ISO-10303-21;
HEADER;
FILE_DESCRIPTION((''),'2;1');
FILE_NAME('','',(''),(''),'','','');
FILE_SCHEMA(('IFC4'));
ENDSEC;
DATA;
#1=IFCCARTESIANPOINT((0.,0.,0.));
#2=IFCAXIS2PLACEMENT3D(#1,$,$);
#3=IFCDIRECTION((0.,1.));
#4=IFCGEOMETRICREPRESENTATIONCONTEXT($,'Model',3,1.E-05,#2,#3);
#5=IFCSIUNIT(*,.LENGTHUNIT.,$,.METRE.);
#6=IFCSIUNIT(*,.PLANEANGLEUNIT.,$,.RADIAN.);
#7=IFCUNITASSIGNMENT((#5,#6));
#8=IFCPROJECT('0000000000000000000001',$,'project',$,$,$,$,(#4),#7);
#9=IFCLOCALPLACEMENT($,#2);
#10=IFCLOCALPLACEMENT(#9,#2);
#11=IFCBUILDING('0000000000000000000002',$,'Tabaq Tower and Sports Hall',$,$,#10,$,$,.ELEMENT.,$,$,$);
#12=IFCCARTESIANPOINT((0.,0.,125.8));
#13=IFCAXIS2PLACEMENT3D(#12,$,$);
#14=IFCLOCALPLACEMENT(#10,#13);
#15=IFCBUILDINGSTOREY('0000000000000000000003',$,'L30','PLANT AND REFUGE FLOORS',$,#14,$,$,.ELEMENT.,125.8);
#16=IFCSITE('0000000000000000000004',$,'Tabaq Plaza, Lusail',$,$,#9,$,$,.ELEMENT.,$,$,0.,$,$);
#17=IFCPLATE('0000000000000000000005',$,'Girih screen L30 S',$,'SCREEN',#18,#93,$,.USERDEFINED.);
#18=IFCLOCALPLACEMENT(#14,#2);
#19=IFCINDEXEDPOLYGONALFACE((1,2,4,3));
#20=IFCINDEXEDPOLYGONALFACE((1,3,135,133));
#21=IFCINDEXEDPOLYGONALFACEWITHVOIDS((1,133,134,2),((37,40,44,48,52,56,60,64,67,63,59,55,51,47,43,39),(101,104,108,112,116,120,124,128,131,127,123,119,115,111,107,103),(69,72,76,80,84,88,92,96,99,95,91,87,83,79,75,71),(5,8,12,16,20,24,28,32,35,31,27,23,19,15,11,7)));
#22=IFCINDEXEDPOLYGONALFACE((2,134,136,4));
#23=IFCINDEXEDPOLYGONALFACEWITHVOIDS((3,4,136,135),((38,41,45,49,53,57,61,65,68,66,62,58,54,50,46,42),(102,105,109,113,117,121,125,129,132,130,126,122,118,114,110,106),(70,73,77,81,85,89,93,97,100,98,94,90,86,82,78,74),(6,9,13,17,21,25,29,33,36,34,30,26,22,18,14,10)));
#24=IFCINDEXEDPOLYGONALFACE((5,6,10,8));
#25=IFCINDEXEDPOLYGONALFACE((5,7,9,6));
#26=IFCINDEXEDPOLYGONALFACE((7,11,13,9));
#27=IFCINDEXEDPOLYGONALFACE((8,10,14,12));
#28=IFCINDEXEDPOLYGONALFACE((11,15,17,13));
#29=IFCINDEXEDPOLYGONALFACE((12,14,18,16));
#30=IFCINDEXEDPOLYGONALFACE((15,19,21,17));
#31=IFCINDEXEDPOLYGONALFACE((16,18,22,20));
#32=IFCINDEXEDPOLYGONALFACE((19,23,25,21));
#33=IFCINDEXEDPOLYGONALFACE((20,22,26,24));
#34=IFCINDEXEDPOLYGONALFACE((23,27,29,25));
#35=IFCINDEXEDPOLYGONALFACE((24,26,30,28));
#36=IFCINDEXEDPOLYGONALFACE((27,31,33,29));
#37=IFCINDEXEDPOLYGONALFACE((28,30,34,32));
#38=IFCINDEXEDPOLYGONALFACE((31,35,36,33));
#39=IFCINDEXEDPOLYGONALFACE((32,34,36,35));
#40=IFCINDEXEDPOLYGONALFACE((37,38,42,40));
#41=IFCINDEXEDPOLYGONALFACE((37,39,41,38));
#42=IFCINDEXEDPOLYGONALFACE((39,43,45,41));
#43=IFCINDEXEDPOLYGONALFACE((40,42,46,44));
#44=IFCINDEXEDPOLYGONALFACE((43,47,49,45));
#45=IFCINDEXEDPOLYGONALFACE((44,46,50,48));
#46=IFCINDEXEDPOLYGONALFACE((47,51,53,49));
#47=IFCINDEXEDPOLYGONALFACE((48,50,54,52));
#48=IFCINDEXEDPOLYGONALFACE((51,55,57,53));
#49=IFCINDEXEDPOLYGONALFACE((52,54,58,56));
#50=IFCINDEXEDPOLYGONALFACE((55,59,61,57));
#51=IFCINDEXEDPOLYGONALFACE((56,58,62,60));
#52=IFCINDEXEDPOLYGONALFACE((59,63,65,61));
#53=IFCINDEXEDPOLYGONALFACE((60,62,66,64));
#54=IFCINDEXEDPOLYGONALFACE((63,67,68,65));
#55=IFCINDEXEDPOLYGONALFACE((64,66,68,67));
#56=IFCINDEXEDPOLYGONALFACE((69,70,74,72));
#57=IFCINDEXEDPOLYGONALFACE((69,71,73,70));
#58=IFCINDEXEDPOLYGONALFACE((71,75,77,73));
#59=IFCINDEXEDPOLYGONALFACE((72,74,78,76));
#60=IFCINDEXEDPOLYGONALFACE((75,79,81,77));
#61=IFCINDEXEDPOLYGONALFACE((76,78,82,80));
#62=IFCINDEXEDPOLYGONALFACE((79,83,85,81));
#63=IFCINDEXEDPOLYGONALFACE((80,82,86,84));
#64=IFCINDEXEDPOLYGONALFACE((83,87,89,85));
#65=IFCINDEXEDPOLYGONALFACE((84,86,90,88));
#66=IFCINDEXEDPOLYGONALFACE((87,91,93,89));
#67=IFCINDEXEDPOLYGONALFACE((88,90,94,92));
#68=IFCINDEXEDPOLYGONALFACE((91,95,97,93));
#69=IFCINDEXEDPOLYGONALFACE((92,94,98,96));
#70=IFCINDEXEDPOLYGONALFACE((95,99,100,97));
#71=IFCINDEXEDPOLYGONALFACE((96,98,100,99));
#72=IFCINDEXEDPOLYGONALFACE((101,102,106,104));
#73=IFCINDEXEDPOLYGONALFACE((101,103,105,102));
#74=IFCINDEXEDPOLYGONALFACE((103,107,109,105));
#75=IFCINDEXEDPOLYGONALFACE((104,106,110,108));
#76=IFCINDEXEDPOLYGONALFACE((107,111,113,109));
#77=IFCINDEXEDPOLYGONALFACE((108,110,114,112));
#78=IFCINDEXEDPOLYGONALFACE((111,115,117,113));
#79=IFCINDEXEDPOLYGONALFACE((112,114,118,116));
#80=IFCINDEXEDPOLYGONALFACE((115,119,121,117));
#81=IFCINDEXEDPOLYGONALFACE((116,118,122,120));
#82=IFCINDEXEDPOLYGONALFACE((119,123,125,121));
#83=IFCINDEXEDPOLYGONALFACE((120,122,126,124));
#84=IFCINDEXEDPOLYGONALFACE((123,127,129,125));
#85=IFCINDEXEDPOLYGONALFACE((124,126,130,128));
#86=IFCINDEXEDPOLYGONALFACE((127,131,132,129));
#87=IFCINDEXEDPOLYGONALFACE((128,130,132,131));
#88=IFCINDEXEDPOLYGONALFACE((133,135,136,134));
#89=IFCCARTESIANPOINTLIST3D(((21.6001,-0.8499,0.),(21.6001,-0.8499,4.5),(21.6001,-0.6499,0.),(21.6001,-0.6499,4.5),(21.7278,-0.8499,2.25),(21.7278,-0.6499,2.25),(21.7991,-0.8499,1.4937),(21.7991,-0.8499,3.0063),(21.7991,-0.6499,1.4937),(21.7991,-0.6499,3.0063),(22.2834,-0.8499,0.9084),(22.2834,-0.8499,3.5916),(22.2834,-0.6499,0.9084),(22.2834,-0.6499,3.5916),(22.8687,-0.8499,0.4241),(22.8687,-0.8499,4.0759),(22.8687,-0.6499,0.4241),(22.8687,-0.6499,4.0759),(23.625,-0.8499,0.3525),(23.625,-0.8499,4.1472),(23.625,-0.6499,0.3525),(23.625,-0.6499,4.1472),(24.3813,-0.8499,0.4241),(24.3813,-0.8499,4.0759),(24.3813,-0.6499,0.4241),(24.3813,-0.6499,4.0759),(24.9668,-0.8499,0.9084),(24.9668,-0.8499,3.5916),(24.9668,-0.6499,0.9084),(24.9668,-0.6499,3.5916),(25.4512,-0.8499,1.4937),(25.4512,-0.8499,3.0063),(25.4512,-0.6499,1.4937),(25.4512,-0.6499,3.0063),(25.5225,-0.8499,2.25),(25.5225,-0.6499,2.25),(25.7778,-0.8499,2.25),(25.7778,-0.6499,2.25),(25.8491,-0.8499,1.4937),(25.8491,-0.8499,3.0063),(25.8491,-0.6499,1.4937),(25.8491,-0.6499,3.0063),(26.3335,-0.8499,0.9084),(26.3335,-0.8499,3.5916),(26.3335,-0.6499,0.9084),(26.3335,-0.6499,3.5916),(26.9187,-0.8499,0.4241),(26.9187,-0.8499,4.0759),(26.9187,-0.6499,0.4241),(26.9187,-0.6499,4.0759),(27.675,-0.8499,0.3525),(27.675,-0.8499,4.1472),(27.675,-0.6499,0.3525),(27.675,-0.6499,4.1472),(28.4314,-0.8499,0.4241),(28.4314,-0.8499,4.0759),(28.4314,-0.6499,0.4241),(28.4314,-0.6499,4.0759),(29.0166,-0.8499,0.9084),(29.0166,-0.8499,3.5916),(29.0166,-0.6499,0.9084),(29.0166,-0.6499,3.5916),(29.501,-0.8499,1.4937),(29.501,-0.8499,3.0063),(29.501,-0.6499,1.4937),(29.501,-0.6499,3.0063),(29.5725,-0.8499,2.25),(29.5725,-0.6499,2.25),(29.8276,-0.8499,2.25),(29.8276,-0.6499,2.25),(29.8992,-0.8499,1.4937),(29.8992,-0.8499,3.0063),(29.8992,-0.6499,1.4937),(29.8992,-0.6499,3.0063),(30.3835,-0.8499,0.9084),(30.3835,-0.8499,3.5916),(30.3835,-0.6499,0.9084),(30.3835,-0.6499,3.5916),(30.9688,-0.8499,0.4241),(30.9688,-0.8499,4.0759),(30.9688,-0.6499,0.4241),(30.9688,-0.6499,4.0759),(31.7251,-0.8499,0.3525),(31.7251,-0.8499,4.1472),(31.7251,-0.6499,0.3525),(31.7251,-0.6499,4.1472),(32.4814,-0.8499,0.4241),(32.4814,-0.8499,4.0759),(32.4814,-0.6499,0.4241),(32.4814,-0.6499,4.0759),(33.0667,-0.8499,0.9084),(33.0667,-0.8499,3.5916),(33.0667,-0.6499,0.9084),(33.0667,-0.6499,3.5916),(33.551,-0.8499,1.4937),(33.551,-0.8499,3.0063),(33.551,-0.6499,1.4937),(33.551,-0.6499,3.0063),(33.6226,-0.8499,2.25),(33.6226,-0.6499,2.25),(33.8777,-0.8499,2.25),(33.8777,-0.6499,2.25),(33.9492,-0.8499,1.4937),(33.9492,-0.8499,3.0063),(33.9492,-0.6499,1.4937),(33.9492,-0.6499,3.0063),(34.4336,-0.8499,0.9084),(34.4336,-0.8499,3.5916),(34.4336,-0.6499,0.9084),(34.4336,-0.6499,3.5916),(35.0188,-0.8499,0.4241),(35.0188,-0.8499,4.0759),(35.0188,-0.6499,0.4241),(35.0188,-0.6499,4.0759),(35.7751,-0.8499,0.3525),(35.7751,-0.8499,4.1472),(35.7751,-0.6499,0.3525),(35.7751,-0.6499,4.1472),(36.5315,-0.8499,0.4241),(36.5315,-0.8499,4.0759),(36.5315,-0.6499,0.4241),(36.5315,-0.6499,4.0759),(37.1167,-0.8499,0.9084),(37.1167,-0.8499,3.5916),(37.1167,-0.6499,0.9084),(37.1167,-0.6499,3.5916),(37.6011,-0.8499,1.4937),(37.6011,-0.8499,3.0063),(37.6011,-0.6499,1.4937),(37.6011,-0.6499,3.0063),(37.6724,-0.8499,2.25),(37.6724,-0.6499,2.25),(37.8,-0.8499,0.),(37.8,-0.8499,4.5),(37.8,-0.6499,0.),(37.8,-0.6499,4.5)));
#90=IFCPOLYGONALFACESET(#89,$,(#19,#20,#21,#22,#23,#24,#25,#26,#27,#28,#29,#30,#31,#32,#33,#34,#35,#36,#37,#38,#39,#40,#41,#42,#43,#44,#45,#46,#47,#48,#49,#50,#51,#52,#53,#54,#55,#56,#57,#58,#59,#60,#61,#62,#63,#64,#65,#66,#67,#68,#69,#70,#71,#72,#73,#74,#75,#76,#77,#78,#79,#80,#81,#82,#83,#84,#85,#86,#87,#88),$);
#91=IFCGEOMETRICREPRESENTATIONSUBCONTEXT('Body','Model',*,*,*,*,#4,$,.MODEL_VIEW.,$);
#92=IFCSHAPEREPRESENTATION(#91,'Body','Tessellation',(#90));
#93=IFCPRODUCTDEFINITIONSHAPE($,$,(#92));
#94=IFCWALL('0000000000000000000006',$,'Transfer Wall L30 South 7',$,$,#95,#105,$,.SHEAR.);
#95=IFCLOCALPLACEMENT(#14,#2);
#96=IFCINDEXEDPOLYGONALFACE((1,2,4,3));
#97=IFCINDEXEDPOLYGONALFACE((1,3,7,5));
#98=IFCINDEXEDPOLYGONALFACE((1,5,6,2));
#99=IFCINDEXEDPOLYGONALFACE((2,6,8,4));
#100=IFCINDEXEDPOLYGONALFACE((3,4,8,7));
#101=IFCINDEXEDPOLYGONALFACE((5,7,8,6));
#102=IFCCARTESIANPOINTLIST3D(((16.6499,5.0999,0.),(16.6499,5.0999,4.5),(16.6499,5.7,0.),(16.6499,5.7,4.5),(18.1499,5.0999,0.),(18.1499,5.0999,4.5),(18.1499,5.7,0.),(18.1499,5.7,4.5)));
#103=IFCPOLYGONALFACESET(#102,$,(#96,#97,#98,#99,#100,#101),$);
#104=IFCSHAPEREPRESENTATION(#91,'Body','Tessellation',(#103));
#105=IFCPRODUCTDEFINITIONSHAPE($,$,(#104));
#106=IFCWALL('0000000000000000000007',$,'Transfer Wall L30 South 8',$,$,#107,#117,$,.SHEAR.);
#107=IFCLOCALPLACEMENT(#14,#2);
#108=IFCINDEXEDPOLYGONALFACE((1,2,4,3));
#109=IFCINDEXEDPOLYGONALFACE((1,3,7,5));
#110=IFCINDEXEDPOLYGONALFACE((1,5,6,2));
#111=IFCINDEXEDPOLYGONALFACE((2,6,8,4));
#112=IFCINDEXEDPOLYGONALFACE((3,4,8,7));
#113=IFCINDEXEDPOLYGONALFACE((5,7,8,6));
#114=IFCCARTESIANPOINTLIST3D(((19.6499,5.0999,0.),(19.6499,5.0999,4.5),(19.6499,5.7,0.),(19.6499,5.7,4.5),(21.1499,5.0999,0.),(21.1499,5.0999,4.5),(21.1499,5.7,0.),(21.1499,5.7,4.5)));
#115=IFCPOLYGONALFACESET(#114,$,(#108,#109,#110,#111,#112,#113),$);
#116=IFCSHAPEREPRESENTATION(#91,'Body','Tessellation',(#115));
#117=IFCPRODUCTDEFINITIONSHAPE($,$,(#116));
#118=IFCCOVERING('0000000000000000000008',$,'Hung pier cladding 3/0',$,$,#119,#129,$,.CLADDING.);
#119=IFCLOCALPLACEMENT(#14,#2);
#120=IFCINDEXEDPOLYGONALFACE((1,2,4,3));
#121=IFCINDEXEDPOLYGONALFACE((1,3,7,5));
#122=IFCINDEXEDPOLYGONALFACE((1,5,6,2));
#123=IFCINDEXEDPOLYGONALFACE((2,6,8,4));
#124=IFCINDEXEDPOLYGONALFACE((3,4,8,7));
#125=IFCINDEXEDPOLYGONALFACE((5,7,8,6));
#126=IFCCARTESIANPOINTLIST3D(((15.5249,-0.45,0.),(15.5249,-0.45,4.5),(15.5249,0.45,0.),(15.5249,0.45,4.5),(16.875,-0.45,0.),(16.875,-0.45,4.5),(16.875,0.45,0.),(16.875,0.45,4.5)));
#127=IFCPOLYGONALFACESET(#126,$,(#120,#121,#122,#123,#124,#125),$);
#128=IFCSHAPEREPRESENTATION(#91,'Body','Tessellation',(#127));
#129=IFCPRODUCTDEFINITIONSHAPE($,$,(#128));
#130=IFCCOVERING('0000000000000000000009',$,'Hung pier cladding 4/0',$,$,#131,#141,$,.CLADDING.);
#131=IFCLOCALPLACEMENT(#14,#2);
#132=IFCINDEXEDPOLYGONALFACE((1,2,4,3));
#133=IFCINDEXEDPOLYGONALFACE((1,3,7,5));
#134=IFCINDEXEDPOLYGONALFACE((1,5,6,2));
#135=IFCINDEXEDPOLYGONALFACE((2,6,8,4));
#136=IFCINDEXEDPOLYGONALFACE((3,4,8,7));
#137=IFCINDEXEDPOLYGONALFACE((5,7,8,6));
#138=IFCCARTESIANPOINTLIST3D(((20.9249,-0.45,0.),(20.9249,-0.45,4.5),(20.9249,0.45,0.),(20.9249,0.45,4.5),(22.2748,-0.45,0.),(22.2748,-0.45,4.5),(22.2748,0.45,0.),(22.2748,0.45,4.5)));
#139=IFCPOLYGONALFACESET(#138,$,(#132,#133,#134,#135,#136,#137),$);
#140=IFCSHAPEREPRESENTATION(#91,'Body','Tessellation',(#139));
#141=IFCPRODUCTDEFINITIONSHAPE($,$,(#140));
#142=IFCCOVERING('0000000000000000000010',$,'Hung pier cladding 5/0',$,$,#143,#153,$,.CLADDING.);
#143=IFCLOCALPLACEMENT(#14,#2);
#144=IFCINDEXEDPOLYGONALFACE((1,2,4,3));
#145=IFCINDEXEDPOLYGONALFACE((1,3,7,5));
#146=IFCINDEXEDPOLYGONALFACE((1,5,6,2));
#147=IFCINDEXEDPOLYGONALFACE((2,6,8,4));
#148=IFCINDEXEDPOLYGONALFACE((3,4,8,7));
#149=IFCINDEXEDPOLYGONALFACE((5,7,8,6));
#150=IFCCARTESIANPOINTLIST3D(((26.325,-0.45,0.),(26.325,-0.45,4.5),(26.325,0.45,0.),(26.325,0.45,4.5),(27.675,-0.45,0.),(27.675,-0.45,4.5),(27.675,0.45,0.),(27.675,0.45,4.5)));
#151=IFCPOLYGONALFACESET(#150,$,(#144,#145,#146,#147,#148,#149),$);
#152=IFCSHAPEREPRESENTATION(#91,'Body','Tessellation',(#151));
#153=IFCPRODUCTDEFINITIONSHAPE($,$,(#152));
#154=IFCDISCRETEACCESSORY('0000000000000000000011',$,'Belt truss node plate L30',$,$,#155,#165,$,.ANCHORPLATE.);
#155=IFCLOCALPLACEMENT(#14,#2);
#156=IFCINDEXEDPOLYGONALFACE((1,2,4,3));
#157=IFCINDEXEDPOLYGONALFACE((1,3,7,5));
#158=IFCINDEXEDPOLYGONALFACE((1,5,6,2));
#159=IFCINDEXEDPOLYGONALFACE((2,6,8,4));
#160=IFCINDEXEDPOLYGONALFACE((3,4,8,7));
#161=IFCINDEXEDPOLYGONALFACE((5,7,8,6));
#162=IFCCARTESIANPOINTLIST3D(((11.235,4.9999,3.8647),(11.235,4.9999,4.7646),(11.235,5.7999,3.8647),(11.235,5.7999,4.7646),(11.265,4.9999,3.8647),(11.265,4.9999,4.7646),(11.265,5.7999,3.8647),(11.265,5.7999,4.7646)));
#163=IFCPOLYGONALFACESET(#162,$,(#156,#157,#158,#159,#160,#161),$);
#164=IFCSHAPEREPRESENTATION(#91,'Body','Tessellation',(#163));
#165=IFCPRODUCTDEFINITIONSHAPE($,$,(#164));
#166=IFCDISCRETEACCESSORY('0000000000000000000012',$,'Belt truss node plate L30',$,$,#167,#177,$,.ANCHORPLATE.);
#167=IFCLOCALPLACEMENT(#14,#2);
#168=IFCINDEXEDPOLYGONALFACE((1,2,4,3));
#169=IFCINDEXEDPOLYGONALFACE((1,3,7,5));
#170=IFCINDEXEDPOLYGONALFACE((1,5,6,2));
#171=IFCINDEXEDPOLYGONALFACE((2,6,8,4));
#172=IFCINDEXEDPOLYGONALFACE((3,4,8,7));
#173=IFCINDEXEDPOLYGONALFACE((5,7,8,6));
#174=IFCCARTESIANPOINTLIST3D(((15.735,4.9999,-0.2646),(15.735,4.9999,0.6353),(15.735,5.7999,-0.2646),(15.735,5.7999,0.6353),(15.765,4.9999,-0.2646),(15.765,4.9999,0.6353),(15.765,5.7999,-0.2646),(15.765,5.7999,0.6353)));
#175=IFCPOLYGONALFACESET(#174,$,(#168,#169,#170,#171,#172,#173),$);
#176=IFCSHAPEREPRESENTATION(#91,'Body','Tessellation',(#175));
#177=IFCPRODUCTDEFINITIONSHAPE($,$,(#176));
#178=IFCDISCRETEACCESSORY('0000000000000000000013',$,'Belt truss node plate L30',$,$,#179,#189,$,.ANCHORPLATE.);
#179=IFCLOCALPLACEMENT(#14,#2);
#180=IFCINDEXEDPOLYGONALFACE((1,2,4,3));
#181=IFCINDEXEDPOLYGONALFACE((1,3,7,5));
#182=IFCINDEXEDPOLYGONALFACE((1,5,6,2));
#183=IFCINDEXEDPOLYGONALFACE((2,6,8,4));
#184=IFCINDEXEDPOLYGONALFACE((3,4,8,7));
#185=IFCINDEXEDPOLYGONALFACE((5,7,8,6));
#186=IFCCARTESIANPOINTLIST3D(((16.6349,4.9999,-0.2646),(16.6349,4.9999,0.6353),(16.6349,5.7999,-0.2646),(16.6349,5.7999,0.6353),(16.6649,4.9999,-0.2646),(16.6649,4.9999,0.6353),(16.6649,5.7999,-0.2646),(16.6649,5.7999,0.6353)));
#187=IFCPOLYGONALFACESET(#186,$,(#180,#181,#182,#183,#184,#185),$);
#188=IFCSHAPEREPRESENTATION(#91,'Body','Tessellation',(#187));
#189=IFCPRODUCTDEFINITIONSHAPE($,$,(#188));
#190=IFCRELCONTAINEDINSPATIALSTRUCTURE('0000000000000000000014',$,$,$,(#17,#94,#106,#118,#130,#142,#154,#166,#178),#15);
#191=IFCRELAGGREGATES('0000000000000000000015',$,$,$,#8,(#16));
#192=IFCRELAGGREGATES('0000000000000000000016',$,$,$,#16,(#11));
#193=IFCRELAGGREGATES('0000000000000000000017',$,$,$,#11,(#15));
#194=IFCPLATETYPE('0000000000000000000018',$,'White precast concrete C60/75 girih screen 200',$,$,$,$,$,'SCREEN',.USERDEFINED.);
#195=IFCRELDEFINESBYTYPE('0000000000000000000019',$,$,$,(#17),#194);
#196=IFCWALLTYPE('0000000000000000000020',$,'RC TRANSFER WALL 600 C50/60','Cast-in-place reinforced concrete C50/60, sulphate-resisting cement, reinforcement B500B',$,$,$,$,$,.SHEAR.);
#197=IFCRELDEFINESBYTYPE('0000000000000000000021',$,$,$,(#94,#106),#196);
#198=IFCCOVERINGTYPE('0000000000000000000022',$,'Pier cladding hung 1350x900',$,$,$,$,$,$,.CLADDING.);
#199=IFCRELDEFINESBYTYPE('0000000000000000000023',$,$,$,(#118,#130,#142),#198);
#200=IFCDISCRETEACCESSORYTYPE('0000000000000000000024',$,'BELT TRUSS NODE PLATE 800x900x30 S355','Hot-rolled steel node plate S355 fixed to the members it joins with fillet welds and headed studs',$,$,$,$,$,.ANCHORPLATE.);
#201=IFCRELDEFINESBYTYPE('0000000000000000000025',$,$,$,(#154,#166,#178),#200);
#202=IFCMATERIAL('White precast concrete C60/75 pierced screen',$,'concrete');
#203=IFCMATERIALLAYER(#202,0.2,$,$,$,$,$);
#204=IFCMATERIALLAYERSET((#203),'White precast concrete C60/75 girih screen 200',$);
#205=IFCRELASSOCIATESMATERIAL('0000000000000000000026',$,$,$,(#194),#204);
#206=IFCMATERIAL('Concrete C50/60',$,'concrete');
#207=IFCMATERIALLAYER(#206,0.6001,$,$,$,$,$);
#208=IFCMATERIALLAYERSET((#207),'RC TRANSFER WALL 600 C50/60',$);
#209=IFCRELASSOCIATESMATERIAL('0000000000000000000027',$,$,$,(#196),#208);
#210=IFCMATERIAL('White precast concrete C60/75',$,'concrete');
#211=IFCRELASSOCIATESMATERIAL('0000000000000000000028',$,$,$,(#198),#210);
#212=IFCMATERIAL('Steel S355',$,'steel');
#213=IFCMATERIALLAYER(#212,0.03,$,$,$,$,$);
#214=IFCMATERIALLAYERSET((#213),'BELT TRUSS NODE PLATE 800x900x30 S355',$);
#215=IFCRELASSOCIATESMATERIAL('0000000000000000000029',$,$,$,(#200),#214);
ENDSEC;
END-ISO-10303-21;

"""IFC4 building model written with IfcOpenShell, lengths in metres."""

from ifc_helpers import new_model, si_unit, direction, frame, frame_2d, origin, origin_2d, place, context, subcontext, project, spatial, polyline, rectangle, outline, extrude, material, layer, layer_set, type_object, element, save


model = new_model("IFC4")

# Units and contexts
model_context = context("Model", 3, precision=1e-05, world=origin(), true_north=direction((0.0, 1.0)))
body_context = subcontext(model_context, "Body", "Model", "MODEL_VIEW")
ifc_project = project(units=[si_unit("LENGTHUNIT", "METRE"), si_unit("PLANEANGLEUNIT", "RADIAN")], contexts=[model_context])

# Site, building, storey
site_placement = place(None, origin())
site = spatial("IfcSite", under=ifc_project, at=site_placement, Name="Tabaq Plaza, Lusail", CompositionType="ELEMENT", RefElevation=0.0)
building_placement = place(site_placement, origin())
building = spatial("IfcBuilding", under=site, at=building_placement, Name="Tabaq Tower and Sports Hall", CompositionType="ELEMENT")
storey_placement = place(building_placement, frame((0.0, 0.0, 125.8)))
storey = spatial("IfcBuildingStorey", under=building, at=storey_placement, Name="L30", Description="PLANT AND REFUGE FLOORS", CompositionType="ELEMENT", Elevation=125.8)

# Plate
ifc_material_1 = material(Name="White precast concrete C60/75 pierced screen", Category="concrete")
ifc_layer_1 = layer(ifc_material_1, 0.2)
ifc_layer_set_1 = layer_set([ifc_layer_1], Name="White precast concrete C60/75 girih screen 200")
plate_type = type_object("IfcPlateType", Name="White precast concrete C60/75 girih screen 200", ElementType="SCREEN", PredefinedType="USERDEFINED", material=ifc_layer_set_1)
plate_placement = place(storey_placement, frame((21.6001, -0.75, 0.0), z_axis=(0.0, 0.0, 1.0), x_axis=(1.0, 0.0, 0.0)))
element("IfcPlate", 1, at=plate_placement, inside=storey, type_object=plate_type, Name="Girih screen L30 S", ObjectType="SCREEN", PredefinedType="USERDEFINED", context=body_context, shape_type="SweptSolid", body=[
    extrude(outline(polyline([(0.0, 0.0), (16.2, 0.0), (16.2, 4.5), (0.0, 4.5), (0.0, 0.0)]), holes=[polyline([(3.8511, 3.0063), (3.3667, 3.5916), (2.7812, 4.0759), (2.0249, 4.1472), (1.2686, 4.0759), (0.6833, 3.5916), (0.199, 3.0063), (0.1277, 2.25), (0.199, 1.4937), (0.6833, 0.9084), (1.2686, 0.4241), (2.0249, 0.3525), (2.7812, 0.4241), (3.3667, 0.9084), (3.8511, 1.4937), (3.9224, 2.25), (3.8511, 3.0063)]), polyline([(7.9009, 3.0063), (7.4165, 3.5916), (6.8313, 4.0759), (6.075, 4.1472), (5.3186, 4.0759), (4.7334, 3.5916), (4.249, 3.0063), (4.1777, 2.25), (4.249, 1.4937), (4.7334, 0.9084), (5.3186, 0.4241), (6.075, 0.3525), (6.8313, 0.4241), (7.4165, 0.9084), (7.9009, 1.4937), (7.9724, 2.25), (7.9009, 3.0063)]), polyline([(11.9509, 3.0063), (11.4666, 3.5916), (10.8813, 4.0759), (10.125, 4.1472), (9.3687, 4.0759), (8.7834, 3.5916), (8.2991, 3.0063), (8.2275, 2.25), (8.2991, 1.4937), (8.7834, 0.9084), (9.3687, 0.4241), (10.125, 0.3525), (10.8813, 0.4241), (11.4666, 0.9084), (11.9509, 1.4937), (12.0225, 2.25), (11.9509, 3.0063)]), polyline([(16.001, 3.0063), (15.5166, 3.5916), (14.9314, 4.0759), (14.175, 4.1472), (13.4187, 4.0759), (12.8335, 3.5916), (12.3491, 3.0063), (12.2776, 2.25), (12.3491, 1.4937), (12.8335, 0.9084), (13.4187, 0.4241), (14.175, 0.3525), (14.9314, 0.4241), (15.5166, 0.9084), (16.001, 1.4937), (16.0723, 2.25), (16.001, 3.0063)])]), frame((0.0, 0.1001, 0.0), z_axis=(0.0, -1.0, 0.0), x_axis=(1.0, 0.0, 0.0)), (0.0, 0.0, 1.0), 0.2),
])

# Walls
ifc_material_2 = material(Name="Concrete C50/60", Category="concrete")
ifc_layer_2 = layer(ifc_material_2, 0.6001)
ifc_layer_set_2 = layer_set([ifc_layer_2], Name="RC TRANSFER WALL 600 C50/60")
wall_type_1 = type_object("IfcWallType", Name="RC TRANSFER WALL 600 C50/60", Description="Cast-in-place reinforced concrete C50/60, sulphate-resisting cement, reinforcement B500B", PredefinedType="SHEAR", material=ifc_layer_set_2)
for number, where, z_axis, x_axis, name in (
    (2, (16.6499, 5.3999, 0.0), (0.0, 0.0, 1.0), (1.0, 0.0, 0.0), "Transfer Wall L30 South 7"),
    (3, (19.6499, 5.3999, 0.0), (0.0, 0.0, 1.0), (1.0, 0.0, 0.0), "Transfer Wall L30 South 8"),
):
    element("IfcWall", number, at=place(storey_placement, frame(where, z_axis=z_axis, x_axis=x_axis)), inside=storey, type_object=wall_type_1, Name=name, PredefinedType="SHEAR", context=body_context, shape_type="SweptSolid", body=[
        extrude(rectangle(XDim=1.5, YDim=0.6001, at=frame_2d((0.75, 0.0))), origin(), (0.0, 0.0, 1.0), 4.5),
    ])

# Coverings
ifc_material_3 = material(Name="White precast concrete C60/75", Category="concrete")
covering_type = type_object("IfcCoveringType", Name="Pier cladding hung 1350x900", PredefinedType="CLADDING", material=ifc_material_3)
covering_1_placement = place(storey_placement, frame((15.5249, 0.0, 0.0), z_axis=(0.0, 0.0, 1.0), x_axis=(1.0, 0.0, 0.0)))
element("IfcCovering", 4, at=covering_1_placement, inside=storey, type_object=covering_type, Name="Hung pier cladding 3/0", PredefinedType="CLADDING", context=body_context, shape_type="SweptSolid", body=[
    extrude(rectangle(XDim=1.3501, YDim=0.8999, at=frame_2d((0.675, 0.0))), origin(), (0.0, 0.0, 1.0), 4.5),
])
covering_2_placement = place(storey_placement, frame((20.925, 0.0, 0.0), z_axis=(0.0, 0.0, 1.0), x_axis=(1.0, 0.0, 0.0)))
element("IfcCovering", 5, at=covering_2_placement, inside=storey, type_object=covering_type, Name="Hung pier cladding 4/0", PredefinedType="CLADDING", context=body_context, shape_type="SweptSolid", body=[
    extrude(rectangle(XDim=1.3499, YDim=0.8999, at=frame_2d((0.6748, 0.0))), origin(), (0.0, 0.0, 1.0), 4.5),
])
covering_3_placement = place(storey_placement, frame((26.325, 0.0, 0.0), z_axis=(0.0, 0.0, 1.0), x_axis=(1.0, 0.0, 0.0)))
element("IfcCovering", 6, at=covering_3_placement, inside=storey, type_object=covering_type, Name="Hung pier cladding 5/0", PredefinedType="CLADDING", context=body_context, shape_type="SweptSolid", body=[
    extrude(rectangle(XDim=1.3501, YDim=0.8999, at=frame_2d((0.675, 0.0))), origin(), (0.0, 0.0, 1.0), 4.5),
])

# Discrete accessories
ifc_material_4 = material(Name="Steel S355", Category="steel")
ifc_layer_3 = layer(ifc_material_4, 0.03)
ifc_layer_set_3 = layer_set([ifc_layer_3], Name="BELT TRUSS NODE PLATE 800x900x30 S355")
discrete_accessory_type = type_object("IfcDiscreteAccessoryType", Name="BELT TRUSS NODE PLATE 800x900x30 S355", Description="Hot-rolled steel node plate S355 fixed to the members it joins with fillet welds and headed studs", PredefinedType="ANCHORPLATE", material=ifc_layer_set_3)
for number, where, z_axis, x_axis, name in (
    (7, (11.25, 5.3999, 3.8647), (0.0, 0.0, 1.0), (1.0, 0.0, 0.0), "Belt truss node plate L30"),
    (8, (15.75, 5.3999, -0.2646), (0.0, 0.0, 1.0), (1.0, 0.0, 0.0), "Belt truss node plate L30"),
    (9, (16.6499, 5.3999, -0.2646), (0.0, 0.0, 1.0), (1.0, 0.0, 0.0), "Belt truss node plate L30"),
):
    element("IfcDiscreteAccessory", number, at=place(storey_placement, frame(where, z_axis=z_axis, x_axis=x_axis)), inside=storey, type_object=discrete_accessory_type, Name=name, PredefinedType="ANCHORPLATE", context=body_context, shape_type="SweptSolid", body=[
        extrude(rectangle(XDim=0.03, YDim=0.8, at=origin_2d()), origin(), (0.0, 0.0, 1.0), 0.8999),
    ])

save(model, "model.ifc")
